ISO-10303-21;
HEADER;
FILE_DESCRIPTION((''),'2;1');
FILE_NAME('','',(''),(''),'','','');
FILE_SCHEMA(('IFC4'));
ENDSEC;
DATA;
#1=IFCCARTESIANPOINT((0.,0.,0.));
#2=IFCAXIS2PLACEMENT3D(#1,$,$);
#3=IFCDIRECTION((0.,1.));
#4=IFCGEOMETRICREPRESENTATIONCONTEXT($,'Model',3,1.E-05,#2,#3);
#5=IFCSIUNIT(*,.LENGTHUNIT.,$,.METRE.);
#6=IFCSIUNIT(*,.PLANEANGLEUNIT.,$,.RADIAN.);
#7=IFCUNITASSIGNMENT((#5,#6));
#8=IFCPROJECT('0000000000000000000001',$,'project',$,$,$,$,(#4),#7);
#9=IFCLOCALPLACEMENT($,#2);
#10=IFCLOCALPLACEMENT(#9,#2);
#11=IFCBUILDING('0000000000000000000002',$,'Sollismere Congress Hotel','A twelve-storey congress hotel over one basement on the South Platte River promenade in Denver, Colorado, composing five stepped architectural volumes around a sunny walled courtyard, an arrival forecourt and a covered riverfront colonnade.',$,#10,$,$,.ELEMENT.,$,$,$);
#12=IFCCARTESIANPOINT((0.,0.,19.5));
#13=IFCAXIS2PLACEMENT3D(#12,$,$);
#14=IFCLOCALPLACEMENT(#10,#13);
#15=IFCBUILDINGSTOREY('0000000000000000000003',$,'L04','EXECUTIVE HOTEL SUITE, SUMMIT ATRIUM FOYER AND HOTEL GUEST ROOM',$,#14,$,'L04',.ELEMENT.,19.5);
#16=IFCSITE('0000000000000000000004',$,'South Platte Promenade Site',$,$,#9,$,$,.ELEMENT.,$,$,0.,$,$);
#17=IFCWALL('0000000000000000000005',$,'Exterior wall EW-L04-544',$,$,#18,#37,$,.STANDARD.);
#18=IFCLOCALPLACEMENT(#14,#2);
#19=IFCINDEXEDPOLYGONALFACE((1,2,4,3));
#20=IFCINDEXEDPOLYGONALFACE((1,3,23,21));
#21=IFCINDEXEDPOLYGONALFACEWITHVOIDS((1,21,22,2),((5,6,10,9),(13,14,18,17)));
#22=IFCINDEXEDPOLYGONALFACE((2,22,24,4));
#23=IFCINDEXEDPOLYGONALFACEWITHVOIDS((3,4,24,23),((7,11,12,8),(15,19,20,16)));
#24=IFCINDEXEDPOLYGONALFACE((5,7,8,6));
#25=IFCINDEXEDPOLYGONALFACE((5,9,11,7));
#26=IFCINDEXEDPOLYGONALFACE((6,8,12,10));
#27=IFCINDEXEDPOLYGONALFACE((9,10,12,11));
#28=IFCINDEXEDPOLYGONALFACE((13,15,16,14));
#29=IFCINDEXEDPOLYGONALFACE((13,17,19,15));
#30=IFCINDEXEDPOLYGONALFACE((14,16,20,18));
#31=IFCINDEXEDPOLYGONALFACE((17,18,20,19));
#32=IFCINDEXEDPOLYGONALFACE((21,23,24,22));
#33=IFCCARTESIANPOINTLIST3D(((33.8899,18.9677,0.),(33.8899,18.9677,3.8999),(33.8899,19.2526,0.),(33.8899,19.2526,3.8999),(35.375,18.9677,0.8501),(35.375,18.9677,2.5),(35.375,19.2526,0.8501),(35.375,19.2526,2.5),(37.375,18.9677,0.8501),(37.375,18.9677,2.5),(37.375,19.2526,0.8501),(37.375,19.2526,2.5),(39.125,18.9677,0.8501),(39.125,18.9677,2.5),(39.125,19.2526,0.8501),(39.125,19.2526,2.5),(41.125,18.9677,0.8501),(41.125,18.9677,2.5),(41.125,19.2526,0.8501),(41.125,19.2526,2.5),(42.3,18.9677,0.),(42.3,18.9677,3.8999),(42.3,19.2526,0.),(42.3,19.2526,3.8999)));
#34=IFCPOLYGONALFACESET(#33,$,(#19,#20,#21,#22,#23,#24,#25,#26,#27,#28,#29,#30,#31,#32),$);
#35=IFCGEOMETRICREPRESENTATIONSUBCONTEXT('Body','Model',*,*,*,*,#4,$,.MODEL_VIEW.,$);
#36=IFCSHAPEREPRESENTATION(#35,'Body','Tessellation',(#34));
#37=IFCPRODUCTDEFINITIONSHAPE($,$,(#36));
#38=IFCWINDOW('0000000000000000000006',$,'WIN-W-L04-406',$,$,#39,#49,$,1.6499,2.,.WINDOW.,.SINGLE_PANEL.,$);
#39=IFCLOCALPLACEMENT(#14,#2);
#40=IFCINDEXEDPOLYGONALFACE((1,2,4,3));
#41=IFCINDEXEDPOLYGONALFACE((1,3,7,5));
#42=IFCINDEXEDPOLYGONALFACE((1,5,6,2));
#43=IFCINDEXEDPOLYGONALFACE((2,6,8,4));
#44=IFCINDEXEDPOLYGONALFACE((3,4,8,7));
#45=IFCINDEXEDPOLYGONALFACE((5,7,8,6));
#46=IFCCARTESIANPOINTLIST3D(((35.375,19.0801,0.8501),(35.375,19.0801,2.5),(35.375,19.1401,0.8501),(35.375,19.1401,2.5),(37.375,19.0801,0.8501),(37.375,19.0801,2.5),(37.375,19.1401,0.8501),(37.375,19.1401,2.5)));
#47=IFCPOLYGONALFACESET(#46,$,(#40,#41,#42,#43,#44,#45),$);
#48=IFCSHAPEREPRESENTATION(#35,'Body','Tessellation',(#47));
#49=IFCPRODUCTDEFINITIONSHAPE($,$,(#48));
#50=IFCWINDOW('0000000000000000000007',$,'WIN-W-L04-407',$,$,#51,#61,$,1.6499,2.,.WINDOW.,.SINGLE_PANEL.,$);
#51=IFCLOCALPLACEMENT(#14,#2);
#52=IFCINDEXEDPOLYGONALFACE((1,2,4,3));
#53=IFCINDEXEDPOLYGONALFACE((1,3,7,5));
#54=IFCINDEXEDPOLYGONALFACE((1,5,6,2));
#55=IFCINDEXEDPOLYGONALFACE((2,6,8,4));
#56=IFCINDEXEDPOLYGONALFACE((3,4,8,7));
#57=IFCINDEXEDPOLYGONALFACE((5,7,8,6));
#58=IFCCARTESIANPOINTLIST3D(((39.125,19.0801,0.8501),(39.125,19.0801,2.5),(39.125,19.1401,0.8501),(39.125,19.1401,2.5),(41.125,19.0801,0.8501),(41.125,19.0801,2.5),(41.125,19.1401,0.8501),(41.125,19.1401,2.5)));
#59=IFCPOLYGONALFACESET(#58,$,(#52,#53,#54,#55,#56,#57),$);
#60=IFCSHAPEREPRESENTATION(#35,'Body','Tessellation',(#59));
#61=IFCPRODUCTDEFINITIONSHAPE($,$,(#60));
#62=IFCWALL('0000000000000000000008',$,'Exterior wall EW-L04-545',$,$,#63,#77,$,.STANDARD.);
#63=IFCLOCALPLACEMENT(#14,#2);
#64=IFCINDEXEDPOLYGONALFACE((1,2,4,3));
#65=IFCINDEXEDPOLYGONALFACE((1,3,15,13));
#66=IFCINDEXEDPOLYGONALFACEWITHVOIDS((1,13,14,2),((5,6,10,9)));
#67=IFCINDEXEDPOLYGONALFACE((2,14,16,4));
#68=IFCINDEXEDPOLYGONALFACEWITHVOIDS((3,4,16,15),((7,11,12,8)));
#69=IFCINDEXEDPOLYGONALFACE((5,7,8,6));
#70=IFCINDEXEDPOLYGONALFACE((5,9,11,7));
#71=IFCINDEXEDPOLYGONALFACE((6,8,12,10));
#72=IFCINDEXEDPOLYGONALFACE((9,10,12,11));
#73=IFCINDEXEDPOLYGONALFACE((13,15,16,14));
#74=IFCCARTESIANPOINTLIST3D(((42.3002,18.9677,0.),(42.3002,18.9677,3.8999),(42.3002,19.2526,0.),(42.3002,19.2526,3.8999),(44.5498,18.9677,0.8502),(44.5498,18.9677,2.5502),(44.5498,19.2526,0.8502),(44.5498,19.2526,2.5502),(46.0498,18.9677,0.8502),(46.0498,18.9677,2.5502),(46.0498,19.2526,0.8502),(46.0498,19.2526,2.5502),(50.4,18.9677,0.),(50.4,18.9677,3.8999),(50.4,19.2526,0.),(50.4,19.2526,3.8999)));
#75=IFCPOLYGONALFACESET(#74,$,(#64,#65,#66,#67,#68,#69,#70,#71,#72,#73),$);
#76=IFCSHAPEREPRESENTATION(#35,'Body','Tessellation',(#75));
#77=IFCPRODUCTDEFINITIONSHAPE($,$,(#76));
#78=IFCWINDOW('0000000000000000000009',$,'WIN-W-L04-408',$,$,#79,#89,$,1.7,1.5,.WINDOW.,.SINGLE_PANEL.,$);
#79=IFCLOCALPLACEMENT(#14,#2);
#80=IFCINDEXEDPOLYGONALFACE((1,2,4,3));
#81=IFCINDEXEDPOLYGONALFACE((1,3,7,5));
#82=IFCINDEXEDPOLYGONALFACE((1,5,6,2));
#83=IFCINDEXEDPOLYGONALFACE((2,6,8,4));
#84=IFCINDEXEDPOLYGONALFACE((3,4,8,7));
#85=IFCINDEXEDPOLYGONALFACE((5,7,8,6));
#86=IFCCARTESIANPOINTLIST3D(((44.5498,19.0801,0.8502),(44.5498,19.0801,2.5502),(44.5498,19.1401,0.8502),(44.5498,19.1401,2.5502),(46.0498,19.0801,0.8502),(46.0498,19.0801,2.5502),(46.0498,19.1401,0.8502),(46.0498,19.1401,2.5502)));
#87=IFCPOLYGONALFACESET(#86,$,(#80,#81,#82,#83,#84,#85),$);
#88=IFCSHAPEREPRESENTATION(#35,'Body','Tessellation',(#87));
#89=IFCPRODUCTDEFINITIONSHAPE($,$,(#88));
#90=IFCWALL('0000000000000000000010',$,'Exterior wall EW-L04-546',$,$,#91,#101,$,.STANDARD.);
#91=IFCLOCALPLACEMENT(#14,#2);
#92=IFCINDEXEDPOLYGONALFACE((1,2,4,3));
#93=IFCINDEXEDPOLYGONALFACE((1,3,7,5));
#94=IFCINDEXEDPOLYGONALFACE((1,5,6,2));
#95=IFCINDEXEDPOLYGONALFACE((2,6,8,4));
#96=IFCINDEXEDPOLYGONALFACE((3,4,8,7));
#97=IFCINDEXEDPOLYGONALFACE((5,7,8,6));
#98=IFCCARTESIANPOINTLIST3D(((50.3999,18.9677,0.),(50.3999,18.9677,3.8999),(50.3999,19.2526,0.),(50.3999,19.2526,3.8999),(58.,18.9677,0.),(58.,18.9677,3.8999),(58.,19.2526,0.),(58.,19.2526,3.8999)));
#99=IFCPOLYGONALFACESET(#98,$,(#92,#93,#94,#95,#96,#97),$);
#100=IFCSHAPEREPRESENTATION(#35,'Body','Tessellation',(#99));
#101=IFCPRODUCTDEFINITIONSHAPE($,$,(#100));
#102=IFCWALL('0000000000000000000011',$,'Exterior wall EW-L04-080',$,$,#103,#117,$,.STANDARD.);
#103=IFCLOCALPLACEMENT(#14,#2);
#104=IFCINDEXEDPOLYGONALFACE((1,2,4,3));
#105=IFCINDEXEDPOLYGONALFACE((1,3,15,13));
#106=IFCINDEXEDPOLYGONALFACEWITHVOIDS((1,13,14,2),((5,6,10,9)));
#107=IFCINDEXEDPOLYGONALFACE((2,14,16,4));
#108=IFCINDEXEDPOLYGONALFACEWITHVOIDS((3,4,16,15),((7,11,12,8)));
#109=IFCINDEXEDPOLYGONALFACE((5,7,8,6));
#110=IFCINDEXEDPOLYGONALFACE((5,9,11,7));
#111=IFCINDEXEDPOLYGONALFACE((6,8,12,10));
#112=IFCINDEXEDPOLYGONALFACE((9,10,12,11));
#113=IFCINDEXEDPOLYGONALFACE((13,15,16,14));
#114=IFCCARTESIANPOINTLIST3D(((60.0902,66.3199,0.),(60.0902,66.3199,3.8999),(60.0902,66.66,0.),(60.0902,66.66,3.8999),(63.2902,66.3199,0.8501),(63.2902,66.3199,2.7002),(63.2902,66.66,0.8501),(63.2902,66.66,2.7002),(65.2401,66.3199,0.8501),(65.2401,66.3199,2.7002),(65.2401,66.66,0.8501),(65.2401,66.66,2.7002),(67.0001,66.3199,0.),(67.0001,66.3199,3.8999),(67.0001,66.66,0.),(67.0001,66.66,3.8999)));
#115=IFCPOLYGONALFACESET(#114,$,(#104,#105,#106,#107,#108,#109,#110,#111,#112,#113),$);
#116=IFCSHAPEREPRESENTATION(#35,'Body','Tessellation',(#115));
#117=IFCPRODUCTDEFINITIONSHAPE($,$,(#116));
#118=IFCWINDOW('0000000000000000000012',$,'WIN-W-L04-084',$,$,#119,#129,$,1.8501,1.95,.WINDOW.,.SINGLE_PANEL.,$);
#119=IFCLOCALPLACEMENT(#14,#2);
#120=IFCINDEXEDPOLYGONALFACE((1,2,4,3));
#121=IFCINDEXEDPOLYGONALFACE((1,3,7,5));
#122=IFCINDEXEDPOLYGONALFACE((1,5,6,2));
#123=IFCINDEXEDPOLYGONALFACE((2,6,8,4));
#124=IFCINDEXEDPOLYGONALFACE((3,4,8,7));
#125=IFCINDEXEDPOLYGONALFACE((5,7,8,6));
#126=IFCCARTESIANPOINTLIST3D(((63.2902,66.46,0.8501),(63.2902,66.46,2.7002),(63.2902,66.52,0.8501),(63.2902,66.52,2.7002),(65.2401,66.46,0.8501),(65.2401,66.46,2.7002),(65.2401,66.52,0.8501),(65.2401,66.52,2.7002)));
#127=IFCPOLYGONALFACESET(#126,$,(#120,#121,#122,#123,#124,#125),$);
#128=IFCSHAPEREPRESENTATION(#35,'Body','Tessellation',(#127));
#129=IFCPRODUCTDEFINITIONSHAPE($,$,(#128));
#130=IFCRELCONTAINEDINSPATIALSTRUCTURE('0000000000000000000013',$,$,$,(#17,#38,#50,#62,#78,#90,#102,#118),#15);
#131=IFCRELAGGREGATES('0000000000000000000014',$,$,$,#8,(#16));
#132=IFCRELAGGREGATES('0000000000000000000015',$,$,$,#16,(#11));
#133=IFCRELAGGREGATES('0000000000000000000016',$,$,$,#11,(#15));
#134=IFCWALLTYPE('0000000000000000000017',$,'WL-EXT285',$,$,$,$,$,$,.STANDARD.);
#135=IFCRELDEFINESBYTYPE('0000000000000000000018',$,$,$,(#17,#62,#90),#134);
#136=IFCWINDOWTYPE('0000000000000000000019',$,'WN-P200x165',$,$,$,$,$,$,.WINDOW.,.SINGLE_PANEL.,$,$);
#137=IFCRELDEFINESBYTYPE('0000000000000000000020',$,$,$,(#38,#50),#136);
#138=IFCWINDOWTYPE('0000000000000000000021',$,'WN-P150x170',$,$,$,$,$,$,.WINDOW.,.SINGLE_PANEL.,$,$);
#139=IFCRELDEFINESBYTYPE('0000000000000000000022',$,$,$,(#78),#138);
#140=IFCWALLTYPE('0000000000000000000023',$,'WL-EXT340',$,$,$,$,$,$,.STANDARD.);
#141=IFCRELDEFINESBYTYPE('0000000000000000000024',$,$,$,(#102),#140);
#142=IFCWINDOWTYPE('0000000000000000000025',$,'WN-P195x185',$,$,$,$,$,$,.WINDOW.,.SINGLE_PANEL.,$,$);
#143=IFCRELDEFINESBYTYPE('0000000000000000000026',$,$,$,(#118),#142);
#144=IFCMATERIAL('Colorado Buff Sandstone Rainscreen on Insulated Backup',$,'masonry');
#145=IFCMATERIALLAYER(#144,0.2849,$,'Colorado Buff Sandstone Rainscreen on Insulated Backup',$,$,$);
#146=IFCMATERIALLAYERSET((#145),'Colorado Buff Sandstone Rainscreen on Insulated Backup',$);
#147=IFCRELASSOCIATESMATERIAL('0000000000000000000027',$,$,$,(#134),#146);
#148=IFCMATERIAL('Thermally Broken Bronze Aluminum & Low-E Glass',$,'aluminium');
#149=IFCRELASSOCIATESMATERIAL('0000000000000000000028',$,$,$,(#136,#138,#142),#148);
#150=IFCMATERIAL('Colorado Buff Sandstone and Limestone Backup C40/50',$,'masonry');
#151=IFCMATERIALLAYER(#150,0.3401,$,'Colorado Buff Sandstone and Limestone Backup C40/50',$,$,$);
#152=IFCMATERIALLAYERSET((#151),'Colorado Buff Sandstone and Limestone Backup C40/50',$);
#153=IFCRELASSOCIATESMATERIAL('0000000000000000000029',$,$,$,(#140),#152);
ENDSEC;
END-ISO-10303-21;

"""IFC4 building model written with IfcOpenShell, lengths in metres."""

from ifc_helpers import new_model, si_unit, direction, frame, frame_2d, origin, place, context, subcontext, project, spatial, rectangle, extrude, material, layer, layer_set, type_object, element, fill, save


model = new_model("IFC4")

# Units and contexts
model_context = context("Model", 3, precision=1e-05, world=origin(), true_north=direction((0.0, 1.0)))
body_context = subcontext(model_context, "Body", "Model", "MODEL_VIEW")
ifc_project = project(units=[si_unit("LENGTHUNIT", "METRE"), si_unit("PLANEANGLEUNIT", "RADIAN")], contexts=[model_context])

# Site, building, storey
site_placement = place(None, origin())
site = spatial("IfcSite", under=ifc_project, at=site_placement, Name="South Platte Promenade Site", CompositionType="ELEMENT", RefElevation=0.0)
building_placement = place(site_placement, origin())
building = spatial("IfcBuilding", under=site, at=building_placement, Name="Sollismere Congress Hotel", Description="A twelve-storey congress hotel over one basement on the South Platte River promenade in Denver, Colorado, composing five stepped architectural volumes around a sunny walled courtyard, an arrival forecourt and a covered riverfront colonnade.", CompositionType="ELEMENT")
storey_placement = place(building_placement, frame((0.0, 0.0, 19.5)))
storey = spatial("IfcBuildingStorey", under=building, at=storey_placement, Name="L04", Description="EXECUTIVE HOTEL SUITE, SUMMIT ATRIUM FOYER AND HOTEL GUEST ROOM", LongName="L04", CompositionType="ELEMENT", Elevation=19.5)

# Wall, openings, windows
ifc_material_1 = material(Name="Colorado Buff Sandstone Rainscreen on Insulated Backup", Category="masonry")
ifc_layer_1 = layer(ifc_material_1, 0.2849, Name="Colorado Buff Sandstone Rainscreen on Insulated Backup")
ifc_layer_set_1 = layer_set([ifc_layer_1], Name="Colorado Buff Sandstone Rainscreen on Insulated Backup")
wall_type_1 = type_object("IfcWallType", Name="WL-EXT285", PredefinedType="STANDARD", material=ifc_layer_set_1)
ifc_material_2 = material(Name="Thermally Broken Bronze Aluminum & Low-E Glass", Category="aluminium")
wall_1_placement = place(storey_placement, frame((42.3, 19.1101, 0.0), z_axis=(0.0, 0.0, 1.0), x_axis=(-1.0, 0.0, 0.0)))
wall_1 = element("IfcWall", 1, at=wall_1_placement, inside=storey, type_object=wall_type_1, Name="Exterior wall EW-L04-544", PredefinedType="STANDARD", context=body_context, shape_type="SweptSolid", body=[
    extrude(rectangle(XDim=8.4102, YDim=0.2849, at=frame_2d((4.2051, 0.0))), origin(), (0.0, 0.0, 1.0), 3.8999),
])
opening_1_placement = place(wall_1_placement, frame((4.925, 0.0, 0.8501)))
opening_1 = element("IfcOpeningElement", 2, at=opening_1_placement, cuts=wall_1, PredefinedType="OPENING", context=body_context, shape_type="SweptSolid", body=[
    extrude(rectangle(XDim=2.0, YDim=1.6499, at=frame_2d((1.0, 0.825))), frame((0.0, 0.1523, 0.0), z_axis=(0.0, -1.0, 0.0), x_axis=(1.0, 0.0, 0.0)), (0.0, 0.0, 1.0), 0.3049),
])
opening_2_placement = place(wall_1_placement, frame((1.175, 0.0, 0.8501)))
opening_2 = element("IfcOpeningElement", 3, at=opening_2_placement, cuts=wall_1, PredefinedType="OPENING", context=body_context, shape_type="SweptSolid", body=[
    extrude(rectangle(XDim=2.0, YDim=1.6499, at=frame_2d((1.0, 0.825))), frame((0.0, 0.1523, 0.0), z_axis=(0.0, -1.0, 0.0), x_axis=(1.0, 0.0, 0.0)), (0.0, 0.0, 1.0), 0.3049),
])
window_type_1 = type_object("IfcWindowType", Name="WN-P200x165", PartitioningType="SINGLE_PANEL", PredefinedType="WINDOW", material=ifc_material_2)
window_1_placement = place(opening_1_placement, origin())
window_1 = element("IfcWindow", 4, at=window_1_placement, inside=storey, type_object=window_type_1, Name="WIN-W-L04-406", OverallHeight=1.6499, OverallWidth=2.0, PartitioningType="SINGLE_PANEL", PredefinedType="WINDOW", context=body_context, shape_type="SweptSolid", body=[
    extrude(rectangle(XDim=2.0, YDim=1.6499, at=frame_2d((1.0, 0.825))), frame((0.0, 0.03, 0.0), z_axis=(0.0, -1.0, 0.0), x_axis=(1.0, 0.0, 0.0)), (0.0, 0.0, 1.0), 0.0601),
])
fill(opening_1, window_1)
window_2_placement = place(opening_2_placement, origin())
window_2 = element("IfcWindow", 5, at=window_2_placement, inside=storey, type_object=window_type_1, Name="WIN-W-L04-407", OverallHeight=1.6499, OverallWidth=2.0, PartitioningType="SINGLE_PANEL", PredefinedType="WINDOW", context=body_context, shape_type="SweptSolid", body=[
    extrude(rectangle(XDim=2.0, YDim=1.6499, at=frame_2d((1.0, 0.825))), frame((0.0, 0.03, 0.0), z_axis=(0.0, -1.0, 0.0), x_axis=(1.0, 0.0, 0.0)), (0.0, 0.0, 1.0), 0.0601),
])
fill(opening_2, window_2)

# Wall, opening, window
wall_2_placement = place(storey_placement, frame((50.3999, 19.1101, 0.0), z_axis=(0.0, 0.0, 1.0), x_axis=(-1.0, 0.0, 0.0)))
wall_2 = element("IfcWall", 6, at=wall_2_placement, inside=storey, type_object=wall_type_1, Name="Exterior wall EW-L04-545", PredefinedType="STANDARD", context=body_context, shape_type="SweptSolid", body=[
    extrude(rectangle(XDim=8.0999, YDim=0.2849, at=frame_2d((4.0498, 0.0))), origin(), (0.0, 0.0, 1.0), 3.8999),
])
opening_3_placement = place(wall_2_placement, frame((4.3501, 0.0, 0.8501)))
opening_3 = element("IfcOpeningElement", 7, at=opening_3_placement, cuts=wall_2, PredefinedType="OPENING", context=body_context, shape_type="SweptSolid", body=[
    extrude(rectangle(XDim=1.5, YDim=1.7, at=frame_2d((0.75, 0.8501))), frame((0.0, 0.1523, 0.0), z_axis=(0.0, -1.0, 0.0), x_axis=(1.0, 0.0, 0.0)), (0.0, 0.0, 1.0), 0.3049),
])
window_type_2 = type_object("IfcWindowType", Name="WN-P150x170", PartitioningType="SINGLE_PANEL", PredefinedType="WINDOW", material=ifc_material_2)
window_3_placement = place(opening_3_placement, origin())
window_3 = element("IfcWindow", 8, at=window_3_placement, inside=storey, type_object=window_type_2, Name="WIN-W-L04-408", OverallHeight=1.7, OverallWidth=1.5, PartitioningType="SINGLE_PANEL", PredefinedType="WINDOW", context=body_context, shape_type="SweptSolid", body=[
    extrude(rectangle(XDim=1.5, YDim=1.7, at=frame_2d((0.75, 0.8501))), frame((0.0, 0.03, 0.0), z_axis=(0.0, -1.0, 0.0), x_axis=(1.0, 0.0, 0.0)), (0.0, 0.0, 1.0), 0.0601),
])
fill(opening_3, window_3)

# Wall
wall_3_placement = place(storey_placement, frame((58.0, 19.1101, 0.0), z_axis=(0.0, 0.0, 1.0), x_axis=(-1.0, 0.0, 0.0)))
element("IfcWall", 9, at=wall_3_placement, inside=storey, type_object=wall_type_1, Name="Exterior wall EW-L04-546", PredefinedType="STANDARD", context=body_context, shape_type="SweptSolid", body=[
    extrude(rectangle(XDim=7.6001, YDim=0.2849, at=frame_2d((3.8, 0.0))), origin(), (0.0, 0.0, 1.0), 3.8999),
])

# Wall, opening, window
ifc_material_3 = material(Name="Colorado Buff Sandstone and Limestone Backup C40/50", Category="masonry")
ifc_layer_2 = layer(ifc_material_3, 0.3401, Name="Colorado Buff Sandstone and Limestone Backup C40/50")
ifc_layer_set_2 = layer_set([ifc_layer_2], Name="Colorado Buff Sandstone and Limestone Backup C40/50")
wall_type_2 = type_object("IfcWallType", Name="WL-EXT340", PredefinedType="STANDARD", material=ifc_layer_set_2)
wall_4_placement = place(storey_placement, frame((60.0901, 66.49, 0.0), z_axis=(0.0, 0.0, 1.0), x_axis=(1.0, 0.0, 0.0)))
wall_4 = element("IfcWall", 10, at=wall_4_placement, inside=storey, type_object=wall_type_2, Name="Exterior wall EW-L04-080", PredefinedType="STANDARD", context=body_context, shape_type="SweptSolid", body=[
    extrude(rectangle(XDim=6.9099, YDim=0.3401, at=frame_2d((3.4551, 0.0))), origin(), (0.0, 0.0, 1.0), 3.8999),
])
opening_4_placement = place(wall_4_placement, frame((3.2, 0.0, 0.8501)))
opening_4 = element("IfcOpeningElement", 11, at=opening_4_placement, cuts=wall_4, PredefinedType="OPENING", context=body_context, shape_type="SweptSolid", body=[
    extrude(rectangle(XDim=1.95, YDim=1.8501, at=frame_2d((0.9751, 0.925))), frame((0.0, 0.1799, 0.0), z_axis=(0.0, -1.0, 0.0), x_axis=(1.0, 0.0, 0.0)), (0.0, 0.0, 1.0), 0.3601),
])
window_type_3 = type_object("IfcWindowType", Name="WN-P195x185", PartitioningType="SINGLE_PANEL", PredefinedType="WINDOW", material=ifc_material_2)
window_4_placement = place(opening_4_placement, origin())
window_4 = element("IfcWindow", 12, at=window_4_placement, inside=storey, type_object=window_type_3, Name="WIN-W-L04-084", OverallHeight=1.8501, OverallWidth=1.95, PartitioningType="SINGLE_PANEL", PredefinedType="WINDOW", context=body_context, shape_type="SweptSolid", body=[
    extrude(rectangle(XDim=1.95, YDim=1.8501, at=frame_2d((0.9751, 0.925))), frame((0.0, 0.03, 0.0), z_axis=(0.0, -1.0, 0.0), x_axis=(1.0, 0.0, 0.0)), (0.0, 0.0, 1.0), 0.0601),
])
fill(opening_4, window_4)

save(model, "model.ifc")
